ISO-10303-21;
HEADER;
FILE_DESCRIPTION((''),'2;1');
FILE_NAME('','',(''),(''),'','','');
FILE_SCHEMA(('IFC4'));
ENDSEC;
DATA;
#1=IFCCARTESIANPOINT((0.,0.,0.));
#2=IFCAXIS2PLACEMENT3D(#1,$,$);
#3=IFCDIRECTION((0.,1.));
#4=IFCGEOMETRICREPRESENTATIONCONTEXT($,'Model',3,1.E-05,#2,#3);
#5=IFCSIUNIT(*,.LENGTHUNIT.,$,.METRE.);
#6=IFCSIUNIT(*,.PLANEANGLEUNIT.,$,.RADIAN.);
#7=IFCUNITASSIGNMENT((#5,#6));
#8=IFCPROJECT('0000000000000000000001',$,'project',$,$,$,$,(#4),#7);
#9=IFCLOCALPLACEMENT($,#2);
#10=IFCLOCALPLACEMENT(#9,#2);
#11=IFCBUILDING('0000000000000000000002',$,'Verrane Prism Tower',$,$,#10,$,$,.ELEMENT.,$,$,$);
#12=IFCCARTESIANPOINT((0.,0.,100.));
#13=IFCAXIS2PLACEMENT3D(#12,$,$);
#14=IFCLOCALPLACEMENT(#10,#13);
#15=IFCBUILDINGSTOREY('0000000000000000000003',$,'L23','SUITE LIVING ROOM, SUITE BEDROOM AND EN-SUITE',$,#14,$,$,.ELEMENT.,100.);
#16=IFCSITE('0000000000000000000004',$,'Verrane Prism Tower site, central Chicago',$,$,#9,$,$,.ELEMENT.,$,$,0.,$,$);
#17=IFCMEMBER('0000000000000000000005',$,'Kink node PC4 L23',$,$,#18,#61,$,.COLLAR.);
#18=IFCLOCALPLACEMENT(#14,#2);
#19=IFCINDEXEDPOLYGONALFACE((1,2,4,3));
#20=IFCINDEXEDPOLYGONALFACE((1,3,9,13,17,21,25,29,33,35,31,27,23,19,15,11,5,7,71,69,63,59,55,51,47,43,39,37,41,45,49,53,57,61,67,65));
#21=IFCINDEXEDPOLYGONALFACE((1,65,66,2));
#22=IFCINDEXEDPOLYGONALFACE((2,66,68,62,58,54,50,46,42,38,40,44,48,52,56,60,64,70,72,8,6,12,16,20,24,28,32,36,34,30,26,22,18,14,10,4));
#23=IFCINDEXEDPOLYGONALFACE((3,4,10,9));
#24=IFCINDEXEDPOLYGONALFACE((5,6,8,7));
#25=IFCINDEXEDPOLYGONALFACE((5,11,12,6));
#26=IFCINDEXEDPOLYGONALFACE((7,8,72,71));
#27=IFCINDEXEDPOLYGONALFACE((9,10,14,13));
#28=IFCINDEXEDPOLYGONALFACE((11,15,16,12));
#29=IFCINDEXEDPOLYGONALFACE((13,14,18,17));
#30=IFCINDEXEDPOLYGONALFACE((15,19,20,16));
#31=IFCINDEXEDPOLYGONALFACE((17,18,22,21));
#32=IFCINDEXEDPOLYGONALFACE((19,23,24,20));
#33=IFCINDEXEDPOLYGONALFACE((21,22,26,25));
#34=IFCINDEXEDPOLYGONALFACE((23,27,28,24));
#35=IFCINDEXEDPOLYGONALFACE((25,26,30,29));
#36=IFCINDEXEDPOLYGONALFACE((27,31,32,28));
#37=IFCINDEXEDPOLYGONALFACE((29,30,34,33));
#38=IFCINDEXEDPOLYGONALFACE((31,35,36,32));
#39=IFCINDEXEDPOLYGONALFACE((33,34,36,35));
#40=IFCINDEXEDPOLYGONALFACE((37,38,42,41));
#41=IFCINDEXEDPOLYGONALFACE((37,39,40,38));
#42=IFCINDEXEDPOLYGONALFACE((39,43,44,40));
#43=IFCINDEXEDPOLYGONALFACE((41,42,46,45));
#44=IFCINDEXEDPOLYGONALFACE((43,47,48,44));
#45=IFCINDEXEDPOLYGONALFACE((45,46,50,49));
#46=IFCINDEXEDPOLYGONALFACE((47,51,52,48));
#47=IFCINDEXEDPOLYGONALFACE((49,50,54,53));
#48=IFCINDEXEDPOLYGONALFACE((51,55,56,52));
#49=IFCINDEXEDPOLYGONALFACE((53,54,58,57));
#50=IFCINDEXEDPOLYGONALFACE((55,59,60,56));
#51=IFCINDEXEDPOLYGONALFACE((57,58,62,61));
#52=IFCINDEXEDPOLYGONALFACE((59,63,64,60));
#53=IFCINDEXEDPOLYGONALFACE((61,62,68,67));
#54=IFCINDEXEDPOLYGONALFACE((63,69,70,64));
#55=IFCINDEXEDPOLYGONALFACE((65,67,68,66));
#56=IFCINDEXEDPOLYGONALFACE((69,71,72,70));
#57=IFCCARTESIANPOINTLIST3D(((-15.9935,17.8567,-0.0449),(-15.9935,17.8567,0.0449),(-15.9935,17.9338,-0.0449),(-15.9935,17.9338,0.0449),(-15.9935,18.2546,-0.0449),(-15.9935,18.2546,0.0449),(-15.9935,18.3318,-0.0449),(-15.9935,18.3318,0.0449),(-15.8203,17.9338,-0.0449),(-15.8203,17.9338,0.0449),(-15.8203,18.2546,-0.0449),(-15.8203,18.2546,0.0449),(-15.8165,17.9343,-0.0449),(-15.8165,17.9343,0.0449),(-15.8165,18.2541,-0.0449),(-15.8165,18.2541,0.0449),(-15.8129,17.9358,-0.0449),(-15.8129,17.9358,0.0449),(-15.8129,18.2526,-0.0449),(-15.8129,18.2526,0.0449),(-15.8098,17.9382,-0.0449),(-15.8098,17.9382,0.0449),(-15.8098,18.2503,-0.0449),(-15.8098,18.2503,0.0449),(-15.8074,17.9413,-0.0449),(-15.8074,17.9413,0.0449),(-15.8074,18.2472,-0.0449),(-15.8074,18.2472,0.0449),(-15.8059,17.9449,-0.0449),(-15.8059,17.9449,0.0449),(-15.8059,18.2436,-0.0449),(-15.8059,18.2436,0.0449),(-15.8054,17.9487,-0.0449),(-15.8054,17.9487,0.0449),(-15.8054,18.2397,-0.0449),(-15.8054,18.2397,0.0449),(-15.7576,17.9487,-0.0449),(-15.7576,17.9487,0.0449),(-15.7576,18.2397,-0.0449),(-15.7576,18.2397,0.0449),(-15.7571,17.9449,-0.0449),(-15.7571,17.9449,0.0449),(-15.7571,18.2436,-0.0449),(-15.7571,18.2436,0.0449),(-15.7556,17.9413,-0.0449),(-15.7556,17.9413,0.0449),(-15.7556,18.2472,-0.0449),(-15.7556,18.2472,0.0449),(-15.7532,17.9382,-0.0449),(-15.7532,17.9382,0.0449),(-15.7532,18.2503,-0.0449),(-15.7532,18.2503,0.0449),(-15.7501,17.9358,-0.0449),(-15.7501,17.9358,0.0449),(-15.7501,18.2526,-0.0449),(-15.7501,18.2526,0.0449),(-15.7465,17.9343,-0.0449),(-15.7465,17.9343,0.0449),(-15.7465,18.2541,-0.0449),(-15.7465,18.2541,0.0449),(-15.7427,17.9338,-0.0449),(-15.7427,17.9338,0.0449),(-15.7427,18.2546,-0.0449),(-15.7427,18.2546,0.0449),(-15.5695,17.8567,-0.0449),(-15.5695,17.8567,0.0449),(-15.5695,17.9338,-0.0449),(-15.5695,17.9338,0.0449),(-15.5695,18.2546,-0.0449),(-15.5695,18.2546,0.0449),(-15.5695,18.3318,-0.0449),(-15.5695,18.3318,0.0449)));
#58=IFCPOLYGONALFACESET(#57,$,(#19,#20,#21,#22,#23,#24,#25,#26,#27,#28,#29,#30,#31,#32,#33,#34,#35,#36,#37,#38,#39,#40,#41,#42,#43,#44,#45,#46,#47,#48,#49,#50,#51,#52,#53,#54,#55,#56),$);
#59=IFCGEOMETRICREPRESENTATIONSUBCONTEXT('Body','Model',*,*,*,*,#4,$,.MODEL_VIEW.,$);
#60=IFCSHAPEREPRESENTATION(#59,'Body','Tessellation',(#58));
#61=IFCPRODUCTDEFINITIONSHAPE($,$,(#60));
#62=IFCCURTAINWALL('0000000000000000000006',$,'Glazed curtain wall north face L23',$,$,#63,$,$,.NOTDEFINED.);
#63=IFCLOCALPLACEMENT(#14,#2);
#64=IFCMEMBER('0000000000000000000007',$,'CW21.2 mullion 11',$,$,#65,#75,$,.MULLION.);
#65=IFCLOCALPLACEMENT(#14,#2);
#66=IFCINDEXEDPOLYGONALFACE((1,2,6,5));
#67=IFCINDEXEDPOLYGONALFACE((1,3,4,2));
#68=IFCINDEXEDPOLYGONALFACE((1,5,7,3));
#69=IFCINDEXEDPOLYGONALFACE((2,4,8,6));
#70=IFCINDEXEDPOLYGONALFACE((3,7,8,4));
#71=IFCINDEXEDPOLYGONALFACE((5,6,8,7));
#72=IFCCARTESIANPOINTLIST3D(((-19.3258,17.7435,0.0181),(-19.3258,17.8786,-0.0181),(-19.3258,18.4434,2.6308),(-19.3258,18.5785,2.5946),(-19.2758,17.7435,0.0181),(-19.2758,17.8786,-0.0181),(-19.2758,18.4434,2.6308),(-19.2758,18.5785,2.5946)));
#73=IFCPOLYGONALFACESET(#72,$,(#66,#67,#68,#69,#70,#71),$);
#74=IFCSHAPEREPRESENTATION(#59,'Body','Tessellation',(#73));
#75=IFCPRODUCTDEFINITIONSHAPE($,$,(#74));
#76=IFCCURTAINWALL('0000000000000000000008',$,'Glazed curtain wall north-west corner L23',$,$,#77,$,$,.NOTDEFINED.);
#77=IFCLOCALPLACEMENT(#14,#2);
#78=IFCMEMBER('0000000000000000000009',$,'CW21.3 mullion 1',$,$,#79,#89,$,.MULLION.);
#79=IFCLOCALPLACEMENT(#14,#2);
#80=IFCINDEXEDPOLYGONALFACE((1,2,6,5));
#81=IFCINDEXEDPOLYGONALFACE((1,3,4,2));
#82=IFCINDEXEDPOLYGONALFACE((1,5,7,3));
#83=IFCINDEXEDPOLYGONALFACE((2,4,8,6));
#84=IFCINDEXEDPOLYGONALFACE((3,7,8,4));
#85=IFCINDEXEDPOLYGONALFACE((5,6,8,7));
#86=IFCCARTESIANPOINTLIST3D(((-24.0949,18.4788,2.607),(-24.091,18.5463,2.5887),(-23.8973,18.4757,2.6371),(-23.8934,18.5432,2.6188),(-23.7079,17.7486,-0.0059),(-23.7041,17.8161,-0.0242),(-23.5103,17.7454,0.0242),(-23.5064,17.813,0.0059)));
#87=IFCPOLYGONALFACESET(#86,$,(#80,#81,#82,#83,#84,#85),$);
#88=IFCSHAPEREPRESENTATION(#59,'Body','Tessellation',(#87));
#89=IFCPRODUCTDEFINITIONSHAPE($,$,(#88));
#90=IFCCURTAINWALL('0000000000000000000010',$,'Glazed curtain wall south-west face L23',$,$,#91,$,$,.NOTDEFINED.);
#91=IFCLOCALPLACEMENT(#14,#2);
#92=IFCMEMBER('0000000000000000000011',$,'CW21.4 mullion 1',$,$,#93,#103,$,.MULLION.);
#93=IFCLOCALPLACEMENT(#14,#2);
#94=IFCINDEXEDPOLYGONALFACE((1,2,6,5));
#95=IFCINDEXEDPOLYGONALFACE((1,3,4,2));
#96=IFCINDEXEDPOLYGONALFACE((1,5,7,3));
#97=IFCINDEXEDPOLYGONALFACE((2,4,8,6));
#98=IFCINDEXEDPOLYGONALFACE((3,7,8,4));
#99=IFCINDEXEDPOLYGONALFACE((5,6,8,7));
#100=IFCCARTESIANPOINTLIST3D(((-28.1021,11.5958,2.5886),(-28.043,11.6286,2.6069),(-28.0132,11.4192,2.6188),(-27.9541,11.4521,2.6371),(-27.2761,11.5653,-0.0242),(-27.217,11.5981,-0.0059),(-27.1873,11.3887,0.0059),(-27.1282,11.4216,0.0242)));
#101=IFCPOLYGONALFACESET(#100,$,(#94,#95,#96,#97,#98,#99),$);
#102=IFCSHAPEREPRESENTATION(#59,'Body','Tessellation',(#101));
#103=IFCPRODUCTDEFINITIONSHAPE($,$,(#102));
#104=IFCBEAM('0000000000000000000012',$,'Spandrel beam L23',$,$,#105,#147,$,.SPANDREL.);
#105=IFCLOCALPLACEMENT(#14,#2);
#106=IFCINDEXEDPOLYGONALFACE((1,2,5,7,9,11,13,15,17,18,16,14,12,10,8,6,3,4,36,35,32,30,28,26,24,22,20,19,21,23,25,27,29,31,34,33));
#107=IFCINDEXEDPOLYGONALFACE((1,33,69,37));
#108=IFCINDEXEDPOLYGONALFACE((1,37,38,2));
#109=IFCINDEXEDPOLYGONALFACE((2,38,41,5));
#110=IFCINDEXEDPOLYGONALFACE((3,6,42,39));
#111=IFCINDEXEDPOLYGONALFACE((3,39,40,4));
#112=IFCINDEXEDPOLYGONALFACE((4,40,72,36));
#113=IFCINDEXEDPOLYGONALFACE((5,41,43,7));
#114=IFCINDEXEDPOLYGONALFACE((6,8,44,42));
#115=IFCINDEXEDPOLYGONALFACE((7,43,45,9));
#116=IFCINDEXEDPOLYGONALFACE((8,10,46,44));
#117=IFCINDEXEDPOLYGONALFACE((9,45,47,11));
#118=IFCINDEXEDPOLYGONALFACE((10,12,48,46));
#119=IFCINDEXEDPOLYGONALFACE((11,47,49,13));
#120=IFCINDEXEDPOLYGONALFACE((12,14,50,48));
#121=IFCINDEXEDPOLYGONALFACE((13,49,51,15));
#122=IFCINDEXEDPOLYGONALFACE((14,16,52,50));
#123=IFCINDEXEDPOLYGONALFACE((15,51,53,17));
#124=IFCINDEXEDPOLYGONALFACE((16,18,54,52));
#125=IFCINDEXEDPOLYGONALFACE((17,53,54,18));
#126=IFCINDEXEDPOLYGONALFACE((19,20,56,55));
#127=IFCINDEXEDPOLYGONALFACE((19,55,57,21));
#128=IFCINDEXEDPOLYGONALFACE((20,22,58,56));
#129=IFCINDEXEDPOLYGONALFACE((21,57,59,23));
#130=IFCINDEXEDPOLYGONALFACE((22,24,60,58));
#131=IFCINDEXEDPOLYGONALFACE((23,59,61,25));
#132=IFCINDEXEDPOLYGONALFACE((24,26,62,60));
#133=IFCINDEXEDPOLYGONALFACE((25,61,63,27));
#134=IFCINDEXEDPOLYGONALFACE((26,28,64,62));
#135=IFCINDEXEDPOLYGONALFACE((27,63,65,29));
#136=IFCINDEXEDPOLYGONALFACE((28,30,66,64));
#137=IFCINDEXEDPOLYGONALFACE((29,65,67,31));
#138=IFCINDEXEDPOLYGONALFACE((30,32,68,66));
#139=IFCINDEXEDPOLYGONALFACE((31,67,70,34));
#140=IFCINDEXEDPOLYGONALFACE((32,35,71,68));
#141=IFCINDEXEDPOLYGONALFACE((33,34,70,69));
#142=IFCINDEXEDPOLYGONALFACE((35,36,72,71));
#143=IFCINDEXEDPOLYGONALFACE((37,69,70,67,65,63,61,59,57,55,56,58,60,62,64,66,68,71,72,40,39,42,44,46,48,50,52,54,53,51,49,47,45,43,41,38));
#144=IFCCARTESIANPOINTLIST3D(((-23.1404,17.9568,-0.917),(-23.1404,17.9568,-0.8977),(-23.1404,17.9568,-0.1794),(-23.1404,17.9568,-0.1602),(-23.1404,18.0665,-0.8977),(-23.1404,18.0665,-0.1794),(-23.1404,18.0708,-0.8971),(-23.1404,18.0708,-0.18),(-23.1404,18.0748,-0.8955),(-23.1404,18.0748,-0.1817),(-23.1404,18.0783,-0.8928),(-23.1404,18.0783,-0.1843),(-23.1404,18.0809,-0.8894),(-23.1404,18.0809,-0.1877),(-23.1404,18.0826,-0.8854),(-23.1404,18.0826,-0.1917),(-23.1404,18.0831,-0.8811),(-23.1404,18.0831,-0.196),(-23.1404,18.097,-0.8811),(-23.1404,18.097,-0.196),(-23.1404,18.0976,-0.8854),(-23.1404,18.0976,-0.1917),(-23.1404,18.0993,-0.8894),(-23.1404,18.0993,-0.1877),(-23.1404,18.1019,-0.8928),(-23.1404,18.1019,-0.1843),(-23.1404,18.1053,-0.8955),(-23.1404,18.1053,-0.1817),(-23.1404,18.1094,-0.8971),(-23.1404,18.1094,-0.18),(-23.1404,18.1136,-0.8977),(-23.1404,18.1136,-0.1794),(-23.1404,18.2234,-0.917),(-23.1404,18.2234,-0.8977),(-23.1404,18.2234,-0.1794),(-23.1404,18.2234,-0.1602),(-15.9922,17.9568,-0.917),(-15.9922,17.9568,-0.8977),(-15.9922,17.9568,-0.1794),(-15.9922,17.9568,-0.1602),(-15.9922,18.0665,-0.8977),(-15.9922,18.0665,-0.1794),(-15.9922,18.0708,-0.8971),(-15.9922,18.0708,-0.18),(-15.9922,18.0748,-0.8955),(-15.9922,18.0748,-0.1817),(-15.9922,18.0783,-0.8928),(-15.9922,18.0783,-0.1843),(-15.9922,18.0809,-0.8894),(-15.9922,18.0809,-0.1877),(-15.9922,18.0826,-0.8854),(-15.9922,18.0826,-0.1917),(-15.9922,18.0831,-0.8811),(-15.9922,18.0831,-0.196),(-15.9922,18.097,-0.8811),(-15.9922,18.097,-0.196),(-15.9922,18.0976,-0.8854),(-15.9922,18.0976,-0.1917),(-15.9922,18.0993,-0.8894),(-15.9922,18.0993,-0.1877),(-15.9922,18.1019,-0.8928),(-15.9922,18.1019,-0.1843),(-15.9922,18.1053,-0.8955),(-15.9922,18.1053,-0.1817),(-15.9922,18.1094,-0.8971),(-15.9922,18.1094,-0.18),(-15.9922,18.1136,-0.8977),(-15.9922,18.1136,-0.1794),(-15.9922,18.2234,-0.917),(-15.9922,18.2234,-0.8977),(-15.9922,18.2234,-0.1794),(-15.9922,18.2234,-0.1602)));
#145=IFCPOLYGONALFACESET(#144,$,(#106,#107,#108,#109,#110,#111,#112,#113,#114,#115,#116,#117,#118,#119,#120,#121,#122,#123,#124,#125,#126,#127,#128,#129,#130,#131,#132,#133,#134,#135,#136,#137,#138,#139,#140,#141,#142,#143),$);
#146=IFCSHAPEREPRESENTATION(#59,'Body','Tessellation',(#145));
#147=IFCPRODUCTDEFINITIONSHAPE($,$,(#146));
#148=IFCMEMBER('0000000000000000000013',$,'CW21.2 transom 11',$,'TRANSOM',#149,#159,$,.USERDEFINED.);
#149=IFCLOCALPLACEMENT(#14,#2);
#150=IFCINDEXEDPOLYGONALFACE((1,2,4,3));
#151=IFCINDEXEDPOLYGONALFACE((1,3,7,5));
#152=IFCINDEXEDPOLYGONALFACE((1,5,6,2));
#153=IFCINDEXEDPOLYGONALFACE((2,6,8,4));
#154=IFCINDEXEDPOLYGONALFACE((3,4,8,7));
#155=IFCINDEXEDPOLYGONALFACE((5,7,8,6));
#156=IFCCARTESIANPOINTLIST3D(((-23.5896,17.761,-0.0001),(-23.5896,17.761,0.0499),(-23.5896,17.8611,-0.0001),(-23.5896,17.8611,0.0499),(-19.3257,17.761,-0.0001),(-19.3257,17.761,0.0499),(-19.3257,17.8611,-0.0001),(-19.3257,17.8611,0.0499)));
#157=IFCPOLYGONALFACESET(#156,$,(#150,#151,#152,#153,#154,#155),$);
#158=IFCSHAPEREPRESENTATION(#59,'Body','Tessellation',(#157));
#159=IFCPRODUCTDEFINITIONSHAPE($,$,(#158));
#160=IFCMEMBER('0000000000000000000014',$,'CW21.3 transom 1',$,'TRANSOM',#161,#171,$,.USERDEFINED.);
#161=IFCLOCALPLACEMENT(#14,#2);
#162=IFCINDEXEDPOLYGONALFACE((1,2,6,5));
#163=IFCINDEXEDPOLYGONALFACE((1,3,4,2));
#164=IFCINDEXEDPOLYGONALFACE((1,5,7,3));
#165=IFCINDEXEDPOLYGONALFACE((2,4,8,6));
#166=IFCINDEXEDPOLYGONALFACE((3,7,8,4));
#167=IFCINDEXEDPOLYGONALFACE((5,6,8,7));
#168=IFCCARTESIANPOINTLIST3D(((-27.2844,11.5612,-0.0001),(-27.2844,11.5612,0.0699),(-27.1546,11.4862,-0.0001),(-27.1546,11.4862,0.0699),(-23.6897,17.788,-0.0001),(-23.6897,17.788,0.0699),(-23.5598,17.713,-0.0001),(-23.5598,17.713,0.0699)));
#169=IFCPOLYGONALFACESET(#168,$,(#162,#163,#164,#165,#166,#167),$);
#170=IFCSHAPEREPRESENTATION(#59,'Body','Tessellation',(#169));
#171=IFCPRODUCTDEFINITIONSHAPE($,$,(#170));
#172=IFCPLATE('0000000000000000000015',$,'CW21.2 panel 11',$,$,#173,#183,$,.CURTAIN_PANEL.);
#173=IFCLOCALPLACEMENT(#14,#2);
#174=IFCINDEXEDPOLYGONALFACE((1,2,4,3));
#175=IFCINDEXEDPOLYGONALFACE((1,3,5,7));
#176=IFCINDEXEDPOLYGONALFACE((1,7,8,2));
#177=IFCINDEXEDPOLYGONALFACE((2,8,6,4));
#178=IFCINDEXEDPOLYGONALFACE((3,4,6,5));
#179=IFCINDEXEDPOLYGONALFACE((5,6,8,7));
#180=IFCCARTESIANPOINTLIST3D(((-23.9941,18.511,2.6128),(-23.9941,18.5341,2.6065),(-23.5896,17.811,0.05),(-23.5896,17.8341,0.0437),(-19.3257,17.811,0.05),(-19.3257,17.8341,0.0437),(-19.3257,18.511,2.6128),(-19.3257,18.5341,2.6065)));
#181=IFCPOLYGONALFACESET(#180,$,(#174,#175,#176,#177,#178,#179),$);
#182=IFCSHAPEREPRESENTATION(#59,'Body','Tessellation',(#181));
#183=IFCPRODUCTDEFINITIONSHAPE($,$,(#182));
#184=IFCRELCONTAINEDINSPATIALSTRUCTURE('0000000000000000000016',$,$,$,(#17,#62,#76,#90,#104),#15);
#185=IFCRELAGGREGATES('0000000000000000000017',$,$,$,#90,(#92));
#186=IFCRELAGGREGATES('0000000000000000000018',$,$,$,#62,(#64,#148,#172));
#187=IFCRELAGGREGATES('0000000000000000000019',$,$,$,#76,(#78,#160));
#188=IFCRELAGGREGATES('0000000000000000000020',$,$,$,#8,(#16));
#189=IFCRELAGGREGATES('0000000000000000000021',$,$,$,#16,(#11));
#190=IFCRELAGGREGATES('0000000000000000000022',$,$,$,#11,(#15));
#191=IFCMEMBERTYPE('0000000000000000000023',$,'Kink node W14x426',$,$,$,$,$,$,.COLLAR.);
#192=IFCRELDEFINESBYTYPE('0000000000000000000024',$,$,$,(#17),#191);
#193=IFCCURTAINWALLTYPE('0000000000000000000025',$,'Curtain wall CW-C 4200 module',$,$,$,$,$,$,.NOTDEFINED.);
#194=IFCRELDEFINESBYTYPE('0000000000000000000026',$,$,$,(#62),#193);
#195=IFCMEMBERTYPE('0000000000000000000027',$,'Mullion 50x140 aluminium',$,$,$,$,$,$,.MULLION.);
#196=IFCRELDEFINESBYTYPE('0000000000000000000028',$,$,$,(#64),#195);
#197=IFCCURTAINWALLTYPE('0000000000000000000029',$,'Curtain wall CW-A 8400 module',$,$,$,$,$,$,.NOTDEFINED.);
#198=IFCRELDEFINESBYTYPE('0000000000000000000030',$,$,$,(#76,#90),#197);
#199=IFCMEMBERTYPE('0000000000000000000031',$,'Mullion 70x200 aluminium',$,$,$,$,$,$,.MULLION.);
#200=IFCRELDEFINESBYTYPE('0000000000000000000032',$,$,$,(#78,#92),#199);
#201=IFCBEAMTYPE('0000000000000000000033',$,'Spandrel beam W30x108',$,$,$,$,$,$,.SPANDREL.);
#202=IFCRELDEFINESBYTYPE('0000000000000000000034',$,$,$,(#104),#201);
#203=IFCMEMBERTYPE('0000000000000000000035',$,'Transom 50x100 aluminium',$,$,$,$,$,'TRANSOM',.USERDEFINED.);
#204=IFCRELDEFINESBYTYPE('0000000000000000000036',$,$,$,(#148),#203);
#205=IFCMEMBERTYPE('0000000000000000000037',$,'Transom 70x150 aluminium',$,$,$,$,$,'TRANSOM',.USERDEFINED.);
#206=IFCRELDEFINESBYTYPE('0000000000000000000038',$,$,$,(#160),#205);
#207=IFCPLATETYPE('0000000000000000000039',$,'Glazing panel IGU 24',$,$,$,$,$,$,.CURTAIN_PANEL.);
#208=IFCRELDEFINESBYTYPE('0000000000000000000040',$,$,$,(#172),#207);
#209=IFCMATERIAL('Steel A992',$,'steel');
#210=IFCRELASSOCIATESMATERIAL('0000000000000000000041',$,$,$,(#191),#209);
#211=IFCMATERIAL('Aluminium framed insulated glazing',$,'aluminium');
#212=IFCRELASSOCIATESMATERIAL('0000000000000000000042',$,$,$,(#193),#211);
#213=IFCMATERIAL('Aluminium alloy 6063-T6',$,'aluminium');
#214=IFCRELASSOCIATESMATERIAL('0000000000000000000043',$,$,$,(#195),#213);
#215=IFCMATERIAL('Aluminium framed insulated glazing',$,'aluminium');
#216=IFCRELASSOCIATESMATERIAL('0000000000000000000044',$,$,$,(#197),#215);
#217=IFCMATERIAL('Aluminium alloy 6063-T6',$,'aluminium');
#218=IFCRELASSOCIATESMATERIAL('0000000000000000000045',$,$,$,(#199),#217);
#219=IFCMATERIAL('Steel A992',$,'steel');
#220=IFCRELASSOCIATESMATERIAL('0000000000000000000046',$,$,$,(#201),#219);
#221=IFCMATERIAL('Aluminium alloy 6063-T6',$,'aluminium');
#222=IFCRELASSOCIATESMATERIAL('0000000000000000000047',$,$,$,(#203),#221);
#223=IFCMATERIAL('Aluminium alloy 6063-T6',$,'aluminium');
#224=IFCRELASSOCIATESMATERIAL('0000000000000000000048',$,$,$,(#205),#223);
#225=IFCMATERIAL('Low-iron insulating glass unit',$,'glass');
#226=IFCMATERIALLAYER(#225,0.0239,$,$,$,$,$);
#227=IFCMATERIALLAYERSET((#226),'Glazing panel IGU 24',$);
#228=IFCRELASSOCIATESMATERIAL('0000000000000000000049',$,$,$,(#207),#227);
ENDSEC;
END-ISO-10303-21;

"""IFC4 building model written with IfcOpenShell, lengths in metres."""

from ifc_helpers import new_model, si_unit, direction, frame, origin, origin_2d, place, context, subcontext, project, spatial, polyline, rectangle, i_section, outline, extrude, material, layer, layer_set, material_profile, profile_set, type_object, element, aggregate, save


model = new_model("IFC4")

# Units and contexts
model_context = context("Model", 3, precision=1e-05, world=origin(), true_north=direction((0.0, 1.0)))
body_context = subcontext(model_context, "Body", "Model", "MODEL_VIEW")
ifc_project = project(units=[si_unit("LENGTHUNIT", "METRE"), si_unit("PLANEANGLEUNIT", "RADIAN")], contexts=[model_context])

# Site, building, storey
site_placement = place(None, origin())
site = spatial("IfcSite", under=ifc_project, at=site_placement, Name="Verrane Prism Tower site, central Chicago", CompositionType="ELEMENT", RefElevation=0.0)
building_placement = place(site_placement, origin())
building = spatial("IfcBuilding", under=site, at=building_placement, Name="Verrane Prism Tower", CompositionType="ELEMENT")
storey_placement = place(building_placement, frame((0.0, 0.0, 100.0)))
storey = spatial("IfcBuildingStorey", under=building, at=storey_placement, Name="L23", Description="SUITE LIVING ROOM, SUITE BEDROOM AND EN-SUITE", CompositionType="ELEMENT", Elevation=100.0)

# Member
ifc_material_1 = material(Name="Steel A992", Category="steel")
ifc_material_profile_1 = material_profile(ifc_material_1, i_section(OverallWidth=0.4241, OverallDepth=0.4751, WebThickness=0.0479, FlangeThickness=0.0771, FilletRadius=0.0149, at=origin_2d()), Name="W14x426")
ifc_profile_set_1 = profile_set([ifc_material_profile_1], Name="Steel A992")
member_type_1 = type_object("IfcMemberType", Name="Kink node W14x426", PredefinedType="COLLAR", material=ifc_profile_set_1)
member_1_placement = place(storey_placement, frame((-15.7815, 18.0942, -0.0449), z_axis=(0.0, 0.0, 1.0), x_axis=(1.0, 0.0, 0.0)))
element("IfcMember", 1, at=member_1_placement, inside=storey, type_object=member_type_1, Name="Kink node PC4 L23", PredefinedType="COLLAR", context=body_context, shape_type="SweptSolid", body=[
    extrude(i_section(OverallWidth=0.4241, OverallDepth=0.4751, WebThickness=0.0479, FlangeThickness=0.0771, FilletRadius=0.0149, at=origin_2d()), origin(), (0.0, 0.0, 1.0), 0.0898),
])

# Curtain walls, members
ifc_material_2 = material(Name="Aluminium framed insulated glazing", Category="aluminium")
curtain_wall_type_1 = type_object("IfcCurtainWallType", Name="Curtain wall CW-C 4200 module", PredefinedType="NOTDEFINED", material=ifc_material_2)
curtain_wall_1_placement = place(storey_placement, origin())
curtain_wall_1 = element("IfcCurtainWall", 2, at=curtain_wall_1_placement, inside=storey, type_object=curtain_wall_type_1, Name="Glazed curtain wall north face L23", PredefinedType="NOTDEFINED")
ifc_material_3 = material(Name="Aluminium alloy 6063-T6", Category="aluminium")
ifc_material_profile_2 = material_profile(ifc_material_3, rectangle(XDim=0.1399, YDim=0.05, at=origin_2d()), Name="Mullion 50x140 aluminium")
ifc_profile_set_2 = profile_set([ifc_material_profile_2], Name="Aluminium alloy 6063-T6")
member_type_2 = type_object("IfcMemberType", Name="Mullion 50x140 aluminium", PredefinedType="MULLION", material=ifc_profile_set_2)
member_2_placement = place(storey_placement, frame((-19.3008, 17.811, 0.0), z_axis=(0.0, 0.258769, 0.965939), x_axis=(0.0, 0.965939, -0.258769)))
member_2 = element("IfcMember", 3, at=member_2_placement, type_object=member_type_2, Name="CW21.2 mullion 11", PredefinedType="MULLION", context=body_context, shape_type="SweptSolid", body=[
    extrude(rectangle(XDim=0.1399, YDim=0.05, at=origin_2d()), origin(), (0.0, 0.0, 1.0), 2.7048),
])
ifc_material_4 = material(Name="Aluminium framed insulated glazing", Category="aluminium")
curtain_wall_type_2 = type_object("IfcCurtainWallType", Name="Curtain wall CW-A 8400 module", PredefinedType="NOTDEFINED", material=ifc_material_4)
curtain_wall_2_placement = place(storey_placement, origin())
curtain_wall_2 = element("IfcCurtainWall", 4, at=curtain_wall_2_placement, inside=storey, type_object=curtain_wall_type_2, Name="Glazed curtain wall north-west corner L23", PredefinedType="NOTDEFINED")
ifc_material_5 = material(Name="Aluminium alloy 6063-T6", Category="aluminium")
ifc_material_profile_3 = material_profile(ifc_material_5, rectangle(XDim=0.2, YDim=0.0701, at=origin_2d()), Name="Mullion 70x200 aluminium")
ifc_profile_set_3 = profile_set([ifc_material_profile_3], Name="Aluminium alloy 6063-T6")
member_type_3 = type_object("IfcMemberType", Name="Mullion 70x200 aluminium", PredefinedType="MULLION", material=ifc_profile_set_3)
member_3_placement = place(storey_placement, frame((-23.6072, 17.7808, 0.0), z_axis=(-0.141208, 0.266469, 0.953444), x_axis=(-0.988442, 0.015722, -0.150785)))
member_3 = element("IfcMember", 5, at=member_3_placement, type_object=member_type_3, Name="CW21.3 mullion 1", PredefinedType="MULLION", context=body_context, shape_type="SweptSolid", body=[
    extrude(rectangle(XDim=0.2, YDim=0.0701, at=origin_2d()), origin(), (0.0, 0.0, 1.0), 2.7405),
])
curtain_wall_3_placement = place(storey_placement, origin())
curtain_wall_3 = element("IfcCurtainWall", 6, at=curtain_wall_3_placement, inside=storey, type_object=curtain_wall_type_2, Name="Glazed curtain wall south-west face L23", PredefinedType="NOTDEFINED")
member_4_placement = place(storey_placement, frame((-27.2021, 11.4934, 0.0), z_axis=(-0.30139, 0.011136, 0.953436), x_axis=(0.444415, -0.883037, 0.150798)))
member_4 = element("IfcMember", 7, at=member_4_placement, type_object=member_type_3, Name="CW21.4 mullion 1", PredefinedType="MULLION", context=body_context, shape_type="SweptSolid", body=[
    extrude(rectangle(XDim=0.2, YDim=0.0701, at=origin_2d()), origin(), (0.0, 0.0, 1.0), 2.7405),
])
aggregate(curtain_wall_3, [member_4])

# Beam
ifc_material_6 = material(Name="Steel A992", Category="steel")
ifc_material_profile_4 = material_profile(ifc_material_6, i_section(OverallWidth=0.2666, OverallDepth=0.7568, WebThickness=0.0139, FlangeThickness=0.0193, FilletRadius=0.0166, at=origin_2d()), Name="W30x108")
ifc_profile_set_4 = profile_set([ifc_material_profile_4], Name="Steel A992")
beam_type_1 = type_object("IfcBeamType", Name="Spandrel beam W30x108", PredefinedType="SPANDREL", material=ifc_profile_set_4)
beam_1_placement = place(storey_placement, frame((-15.9922, 18.0901, -0.5386), z_axis=(-1.0, 0.0, 0.0), x_axis=(0.0, -1.0, 0.0)))
element("IfcBeam", 8, at=beam_1_placement, inside=storey, type_object=beam_type_1, Name="Spandrel beam L23", PredefinedType="SPANDREL", context=body_context, shape_type="SweptSolid", body=[
    extrude(i_section(OverallWidth=0.2666, OverallDepth=0.7568, WebThickness=0.0139, FlangeThickness=0.0193, FilletRadius=0.0166, at=origin_2d()), origin(), (0.0, 0.0, 1.0), 7.1482),
])

# Members
ifc_material_7 = material(Name="Aluminium alloy 6063-T6", Category="aluminium")
ifc_material_profile_5 = material_profile(ifc_material_7, rectangle(XDim=0.1001, YDim=0.05, at=origin_2d()), Name="Transom 50x100 aluminium")
ifc_profile_set_5 = profile_set([ifc_material_profile_5], Name="Aluminium alloy 6063-T6")
member_type_4 = type_object("IfcMemberType", Name="Transom 50x100 aluminium", ElementType="TRANSOM", PredefinedType="USERDEFINED", material=ifc_profile_set_5)
member_5_placement = place(storey_placement, frame((-19.3257, 17.811, 0.0249), z_axis=(-1.0, 0.0, 0.0), x_axis=(0.0, -1.0, 0.0)))
member_5 = element("IfcMember", 9, at=member_5_placement, type_object=member_type_4, Name="CW21.2 transom 11", ObjectType="TRANSOM", PredefinedType="USERDEFINED", context=body_context, shape_type="SweptSolid", body=[
    extrude(rectangle(XDim=0.1001, YDim=0.05, at=origin_2d()), origin(), (0.0, 0.0, 1.0), 4.2639),
])
ifc_material_8 = material(Name="Aluminium alloy 6063-T6", Category="aluminium")
ifc_material_profile_6 = material_profile(ifc_material_8, rectangle(XDim=0.1499, YDim=0.0701, at=origin_2d()), Name="Transom 70x150 aluminium")
ifc_profile_set_6 = profile_set([ifc_material_profile_6], Name="Aluminium alloy 6063-T6")
member_type_5 = type_object("IfcMemberType", Name="Transom 70x150 aluminium", ElementType="TRANSOM", PredefinedType="USERDEFINED", material=ifc_profile_set_6)
member_6_placement = place(storey_placement, frame((-23.6248, 17.7505, 0.0349), z_axis=(-0.499966, -0.866045, 0.0), x_axis=(0.866045, -0.499966, 0.0)))
member_6 = element("IfcMember", 10, at=member_6_placement, type_object=member_type_5, Name="CW21.3 transom 1", ObjectType="TRANSOM", PredefinedType="USERDEFINED", context=body_context, shape_type="SweptSolid", body=[
    extrude(rectangle(XDim=0.1499, YDim=0.0701, at=origin_2d()), origin(), (0.0, 0.0, 1.0), 7.1899),
])

# Plate
ifc_material_9 = material(Name="Low-iron insulating glass unit", Category="glass")
ifc_layer_1 = layer(ifc_material_9, 0.0239)
ifc_layer_set_1 = layer_set([ifc_layer_1], Name="Glazing panel IGU 24")
plate_type_1 = type_object("IfcPlateType", Name="Glazing panel IGU 24", PredefinedType="CURTAIN_PANEL", material=ifc_layer_set_1)
plate_1_placement = place(storey_placement, frame((-19.3257, 17.811, 0.05), z_axis=(0.0, -0.964666, 0.263475), x_axis=(-1.0, 0.0, 0.0)))
plate_1 = element("IfcPlate", 11, at=plate_1_placement, type_object=plate_type_1, Name="CW21.2 panel 11", PredefinedType="CURTAIN_PANEL", context=body_context, shape_type="SweptSolid", body=[
    extrude(outline(polyline([(0.0, 0.0), (4.2639, 0.0), (4.6685, -2.6566), (0.0, -2.6566), (0.0, 0.0)])), origin(), (0.0, 0.0, -1.0), 0.0239),
])
aggregate(curtain_wall_1, [member_2, member_5, plate_1])
aggregate(curtain_wall_2, [member_3, member_6])

save(model, "model.ifc")
